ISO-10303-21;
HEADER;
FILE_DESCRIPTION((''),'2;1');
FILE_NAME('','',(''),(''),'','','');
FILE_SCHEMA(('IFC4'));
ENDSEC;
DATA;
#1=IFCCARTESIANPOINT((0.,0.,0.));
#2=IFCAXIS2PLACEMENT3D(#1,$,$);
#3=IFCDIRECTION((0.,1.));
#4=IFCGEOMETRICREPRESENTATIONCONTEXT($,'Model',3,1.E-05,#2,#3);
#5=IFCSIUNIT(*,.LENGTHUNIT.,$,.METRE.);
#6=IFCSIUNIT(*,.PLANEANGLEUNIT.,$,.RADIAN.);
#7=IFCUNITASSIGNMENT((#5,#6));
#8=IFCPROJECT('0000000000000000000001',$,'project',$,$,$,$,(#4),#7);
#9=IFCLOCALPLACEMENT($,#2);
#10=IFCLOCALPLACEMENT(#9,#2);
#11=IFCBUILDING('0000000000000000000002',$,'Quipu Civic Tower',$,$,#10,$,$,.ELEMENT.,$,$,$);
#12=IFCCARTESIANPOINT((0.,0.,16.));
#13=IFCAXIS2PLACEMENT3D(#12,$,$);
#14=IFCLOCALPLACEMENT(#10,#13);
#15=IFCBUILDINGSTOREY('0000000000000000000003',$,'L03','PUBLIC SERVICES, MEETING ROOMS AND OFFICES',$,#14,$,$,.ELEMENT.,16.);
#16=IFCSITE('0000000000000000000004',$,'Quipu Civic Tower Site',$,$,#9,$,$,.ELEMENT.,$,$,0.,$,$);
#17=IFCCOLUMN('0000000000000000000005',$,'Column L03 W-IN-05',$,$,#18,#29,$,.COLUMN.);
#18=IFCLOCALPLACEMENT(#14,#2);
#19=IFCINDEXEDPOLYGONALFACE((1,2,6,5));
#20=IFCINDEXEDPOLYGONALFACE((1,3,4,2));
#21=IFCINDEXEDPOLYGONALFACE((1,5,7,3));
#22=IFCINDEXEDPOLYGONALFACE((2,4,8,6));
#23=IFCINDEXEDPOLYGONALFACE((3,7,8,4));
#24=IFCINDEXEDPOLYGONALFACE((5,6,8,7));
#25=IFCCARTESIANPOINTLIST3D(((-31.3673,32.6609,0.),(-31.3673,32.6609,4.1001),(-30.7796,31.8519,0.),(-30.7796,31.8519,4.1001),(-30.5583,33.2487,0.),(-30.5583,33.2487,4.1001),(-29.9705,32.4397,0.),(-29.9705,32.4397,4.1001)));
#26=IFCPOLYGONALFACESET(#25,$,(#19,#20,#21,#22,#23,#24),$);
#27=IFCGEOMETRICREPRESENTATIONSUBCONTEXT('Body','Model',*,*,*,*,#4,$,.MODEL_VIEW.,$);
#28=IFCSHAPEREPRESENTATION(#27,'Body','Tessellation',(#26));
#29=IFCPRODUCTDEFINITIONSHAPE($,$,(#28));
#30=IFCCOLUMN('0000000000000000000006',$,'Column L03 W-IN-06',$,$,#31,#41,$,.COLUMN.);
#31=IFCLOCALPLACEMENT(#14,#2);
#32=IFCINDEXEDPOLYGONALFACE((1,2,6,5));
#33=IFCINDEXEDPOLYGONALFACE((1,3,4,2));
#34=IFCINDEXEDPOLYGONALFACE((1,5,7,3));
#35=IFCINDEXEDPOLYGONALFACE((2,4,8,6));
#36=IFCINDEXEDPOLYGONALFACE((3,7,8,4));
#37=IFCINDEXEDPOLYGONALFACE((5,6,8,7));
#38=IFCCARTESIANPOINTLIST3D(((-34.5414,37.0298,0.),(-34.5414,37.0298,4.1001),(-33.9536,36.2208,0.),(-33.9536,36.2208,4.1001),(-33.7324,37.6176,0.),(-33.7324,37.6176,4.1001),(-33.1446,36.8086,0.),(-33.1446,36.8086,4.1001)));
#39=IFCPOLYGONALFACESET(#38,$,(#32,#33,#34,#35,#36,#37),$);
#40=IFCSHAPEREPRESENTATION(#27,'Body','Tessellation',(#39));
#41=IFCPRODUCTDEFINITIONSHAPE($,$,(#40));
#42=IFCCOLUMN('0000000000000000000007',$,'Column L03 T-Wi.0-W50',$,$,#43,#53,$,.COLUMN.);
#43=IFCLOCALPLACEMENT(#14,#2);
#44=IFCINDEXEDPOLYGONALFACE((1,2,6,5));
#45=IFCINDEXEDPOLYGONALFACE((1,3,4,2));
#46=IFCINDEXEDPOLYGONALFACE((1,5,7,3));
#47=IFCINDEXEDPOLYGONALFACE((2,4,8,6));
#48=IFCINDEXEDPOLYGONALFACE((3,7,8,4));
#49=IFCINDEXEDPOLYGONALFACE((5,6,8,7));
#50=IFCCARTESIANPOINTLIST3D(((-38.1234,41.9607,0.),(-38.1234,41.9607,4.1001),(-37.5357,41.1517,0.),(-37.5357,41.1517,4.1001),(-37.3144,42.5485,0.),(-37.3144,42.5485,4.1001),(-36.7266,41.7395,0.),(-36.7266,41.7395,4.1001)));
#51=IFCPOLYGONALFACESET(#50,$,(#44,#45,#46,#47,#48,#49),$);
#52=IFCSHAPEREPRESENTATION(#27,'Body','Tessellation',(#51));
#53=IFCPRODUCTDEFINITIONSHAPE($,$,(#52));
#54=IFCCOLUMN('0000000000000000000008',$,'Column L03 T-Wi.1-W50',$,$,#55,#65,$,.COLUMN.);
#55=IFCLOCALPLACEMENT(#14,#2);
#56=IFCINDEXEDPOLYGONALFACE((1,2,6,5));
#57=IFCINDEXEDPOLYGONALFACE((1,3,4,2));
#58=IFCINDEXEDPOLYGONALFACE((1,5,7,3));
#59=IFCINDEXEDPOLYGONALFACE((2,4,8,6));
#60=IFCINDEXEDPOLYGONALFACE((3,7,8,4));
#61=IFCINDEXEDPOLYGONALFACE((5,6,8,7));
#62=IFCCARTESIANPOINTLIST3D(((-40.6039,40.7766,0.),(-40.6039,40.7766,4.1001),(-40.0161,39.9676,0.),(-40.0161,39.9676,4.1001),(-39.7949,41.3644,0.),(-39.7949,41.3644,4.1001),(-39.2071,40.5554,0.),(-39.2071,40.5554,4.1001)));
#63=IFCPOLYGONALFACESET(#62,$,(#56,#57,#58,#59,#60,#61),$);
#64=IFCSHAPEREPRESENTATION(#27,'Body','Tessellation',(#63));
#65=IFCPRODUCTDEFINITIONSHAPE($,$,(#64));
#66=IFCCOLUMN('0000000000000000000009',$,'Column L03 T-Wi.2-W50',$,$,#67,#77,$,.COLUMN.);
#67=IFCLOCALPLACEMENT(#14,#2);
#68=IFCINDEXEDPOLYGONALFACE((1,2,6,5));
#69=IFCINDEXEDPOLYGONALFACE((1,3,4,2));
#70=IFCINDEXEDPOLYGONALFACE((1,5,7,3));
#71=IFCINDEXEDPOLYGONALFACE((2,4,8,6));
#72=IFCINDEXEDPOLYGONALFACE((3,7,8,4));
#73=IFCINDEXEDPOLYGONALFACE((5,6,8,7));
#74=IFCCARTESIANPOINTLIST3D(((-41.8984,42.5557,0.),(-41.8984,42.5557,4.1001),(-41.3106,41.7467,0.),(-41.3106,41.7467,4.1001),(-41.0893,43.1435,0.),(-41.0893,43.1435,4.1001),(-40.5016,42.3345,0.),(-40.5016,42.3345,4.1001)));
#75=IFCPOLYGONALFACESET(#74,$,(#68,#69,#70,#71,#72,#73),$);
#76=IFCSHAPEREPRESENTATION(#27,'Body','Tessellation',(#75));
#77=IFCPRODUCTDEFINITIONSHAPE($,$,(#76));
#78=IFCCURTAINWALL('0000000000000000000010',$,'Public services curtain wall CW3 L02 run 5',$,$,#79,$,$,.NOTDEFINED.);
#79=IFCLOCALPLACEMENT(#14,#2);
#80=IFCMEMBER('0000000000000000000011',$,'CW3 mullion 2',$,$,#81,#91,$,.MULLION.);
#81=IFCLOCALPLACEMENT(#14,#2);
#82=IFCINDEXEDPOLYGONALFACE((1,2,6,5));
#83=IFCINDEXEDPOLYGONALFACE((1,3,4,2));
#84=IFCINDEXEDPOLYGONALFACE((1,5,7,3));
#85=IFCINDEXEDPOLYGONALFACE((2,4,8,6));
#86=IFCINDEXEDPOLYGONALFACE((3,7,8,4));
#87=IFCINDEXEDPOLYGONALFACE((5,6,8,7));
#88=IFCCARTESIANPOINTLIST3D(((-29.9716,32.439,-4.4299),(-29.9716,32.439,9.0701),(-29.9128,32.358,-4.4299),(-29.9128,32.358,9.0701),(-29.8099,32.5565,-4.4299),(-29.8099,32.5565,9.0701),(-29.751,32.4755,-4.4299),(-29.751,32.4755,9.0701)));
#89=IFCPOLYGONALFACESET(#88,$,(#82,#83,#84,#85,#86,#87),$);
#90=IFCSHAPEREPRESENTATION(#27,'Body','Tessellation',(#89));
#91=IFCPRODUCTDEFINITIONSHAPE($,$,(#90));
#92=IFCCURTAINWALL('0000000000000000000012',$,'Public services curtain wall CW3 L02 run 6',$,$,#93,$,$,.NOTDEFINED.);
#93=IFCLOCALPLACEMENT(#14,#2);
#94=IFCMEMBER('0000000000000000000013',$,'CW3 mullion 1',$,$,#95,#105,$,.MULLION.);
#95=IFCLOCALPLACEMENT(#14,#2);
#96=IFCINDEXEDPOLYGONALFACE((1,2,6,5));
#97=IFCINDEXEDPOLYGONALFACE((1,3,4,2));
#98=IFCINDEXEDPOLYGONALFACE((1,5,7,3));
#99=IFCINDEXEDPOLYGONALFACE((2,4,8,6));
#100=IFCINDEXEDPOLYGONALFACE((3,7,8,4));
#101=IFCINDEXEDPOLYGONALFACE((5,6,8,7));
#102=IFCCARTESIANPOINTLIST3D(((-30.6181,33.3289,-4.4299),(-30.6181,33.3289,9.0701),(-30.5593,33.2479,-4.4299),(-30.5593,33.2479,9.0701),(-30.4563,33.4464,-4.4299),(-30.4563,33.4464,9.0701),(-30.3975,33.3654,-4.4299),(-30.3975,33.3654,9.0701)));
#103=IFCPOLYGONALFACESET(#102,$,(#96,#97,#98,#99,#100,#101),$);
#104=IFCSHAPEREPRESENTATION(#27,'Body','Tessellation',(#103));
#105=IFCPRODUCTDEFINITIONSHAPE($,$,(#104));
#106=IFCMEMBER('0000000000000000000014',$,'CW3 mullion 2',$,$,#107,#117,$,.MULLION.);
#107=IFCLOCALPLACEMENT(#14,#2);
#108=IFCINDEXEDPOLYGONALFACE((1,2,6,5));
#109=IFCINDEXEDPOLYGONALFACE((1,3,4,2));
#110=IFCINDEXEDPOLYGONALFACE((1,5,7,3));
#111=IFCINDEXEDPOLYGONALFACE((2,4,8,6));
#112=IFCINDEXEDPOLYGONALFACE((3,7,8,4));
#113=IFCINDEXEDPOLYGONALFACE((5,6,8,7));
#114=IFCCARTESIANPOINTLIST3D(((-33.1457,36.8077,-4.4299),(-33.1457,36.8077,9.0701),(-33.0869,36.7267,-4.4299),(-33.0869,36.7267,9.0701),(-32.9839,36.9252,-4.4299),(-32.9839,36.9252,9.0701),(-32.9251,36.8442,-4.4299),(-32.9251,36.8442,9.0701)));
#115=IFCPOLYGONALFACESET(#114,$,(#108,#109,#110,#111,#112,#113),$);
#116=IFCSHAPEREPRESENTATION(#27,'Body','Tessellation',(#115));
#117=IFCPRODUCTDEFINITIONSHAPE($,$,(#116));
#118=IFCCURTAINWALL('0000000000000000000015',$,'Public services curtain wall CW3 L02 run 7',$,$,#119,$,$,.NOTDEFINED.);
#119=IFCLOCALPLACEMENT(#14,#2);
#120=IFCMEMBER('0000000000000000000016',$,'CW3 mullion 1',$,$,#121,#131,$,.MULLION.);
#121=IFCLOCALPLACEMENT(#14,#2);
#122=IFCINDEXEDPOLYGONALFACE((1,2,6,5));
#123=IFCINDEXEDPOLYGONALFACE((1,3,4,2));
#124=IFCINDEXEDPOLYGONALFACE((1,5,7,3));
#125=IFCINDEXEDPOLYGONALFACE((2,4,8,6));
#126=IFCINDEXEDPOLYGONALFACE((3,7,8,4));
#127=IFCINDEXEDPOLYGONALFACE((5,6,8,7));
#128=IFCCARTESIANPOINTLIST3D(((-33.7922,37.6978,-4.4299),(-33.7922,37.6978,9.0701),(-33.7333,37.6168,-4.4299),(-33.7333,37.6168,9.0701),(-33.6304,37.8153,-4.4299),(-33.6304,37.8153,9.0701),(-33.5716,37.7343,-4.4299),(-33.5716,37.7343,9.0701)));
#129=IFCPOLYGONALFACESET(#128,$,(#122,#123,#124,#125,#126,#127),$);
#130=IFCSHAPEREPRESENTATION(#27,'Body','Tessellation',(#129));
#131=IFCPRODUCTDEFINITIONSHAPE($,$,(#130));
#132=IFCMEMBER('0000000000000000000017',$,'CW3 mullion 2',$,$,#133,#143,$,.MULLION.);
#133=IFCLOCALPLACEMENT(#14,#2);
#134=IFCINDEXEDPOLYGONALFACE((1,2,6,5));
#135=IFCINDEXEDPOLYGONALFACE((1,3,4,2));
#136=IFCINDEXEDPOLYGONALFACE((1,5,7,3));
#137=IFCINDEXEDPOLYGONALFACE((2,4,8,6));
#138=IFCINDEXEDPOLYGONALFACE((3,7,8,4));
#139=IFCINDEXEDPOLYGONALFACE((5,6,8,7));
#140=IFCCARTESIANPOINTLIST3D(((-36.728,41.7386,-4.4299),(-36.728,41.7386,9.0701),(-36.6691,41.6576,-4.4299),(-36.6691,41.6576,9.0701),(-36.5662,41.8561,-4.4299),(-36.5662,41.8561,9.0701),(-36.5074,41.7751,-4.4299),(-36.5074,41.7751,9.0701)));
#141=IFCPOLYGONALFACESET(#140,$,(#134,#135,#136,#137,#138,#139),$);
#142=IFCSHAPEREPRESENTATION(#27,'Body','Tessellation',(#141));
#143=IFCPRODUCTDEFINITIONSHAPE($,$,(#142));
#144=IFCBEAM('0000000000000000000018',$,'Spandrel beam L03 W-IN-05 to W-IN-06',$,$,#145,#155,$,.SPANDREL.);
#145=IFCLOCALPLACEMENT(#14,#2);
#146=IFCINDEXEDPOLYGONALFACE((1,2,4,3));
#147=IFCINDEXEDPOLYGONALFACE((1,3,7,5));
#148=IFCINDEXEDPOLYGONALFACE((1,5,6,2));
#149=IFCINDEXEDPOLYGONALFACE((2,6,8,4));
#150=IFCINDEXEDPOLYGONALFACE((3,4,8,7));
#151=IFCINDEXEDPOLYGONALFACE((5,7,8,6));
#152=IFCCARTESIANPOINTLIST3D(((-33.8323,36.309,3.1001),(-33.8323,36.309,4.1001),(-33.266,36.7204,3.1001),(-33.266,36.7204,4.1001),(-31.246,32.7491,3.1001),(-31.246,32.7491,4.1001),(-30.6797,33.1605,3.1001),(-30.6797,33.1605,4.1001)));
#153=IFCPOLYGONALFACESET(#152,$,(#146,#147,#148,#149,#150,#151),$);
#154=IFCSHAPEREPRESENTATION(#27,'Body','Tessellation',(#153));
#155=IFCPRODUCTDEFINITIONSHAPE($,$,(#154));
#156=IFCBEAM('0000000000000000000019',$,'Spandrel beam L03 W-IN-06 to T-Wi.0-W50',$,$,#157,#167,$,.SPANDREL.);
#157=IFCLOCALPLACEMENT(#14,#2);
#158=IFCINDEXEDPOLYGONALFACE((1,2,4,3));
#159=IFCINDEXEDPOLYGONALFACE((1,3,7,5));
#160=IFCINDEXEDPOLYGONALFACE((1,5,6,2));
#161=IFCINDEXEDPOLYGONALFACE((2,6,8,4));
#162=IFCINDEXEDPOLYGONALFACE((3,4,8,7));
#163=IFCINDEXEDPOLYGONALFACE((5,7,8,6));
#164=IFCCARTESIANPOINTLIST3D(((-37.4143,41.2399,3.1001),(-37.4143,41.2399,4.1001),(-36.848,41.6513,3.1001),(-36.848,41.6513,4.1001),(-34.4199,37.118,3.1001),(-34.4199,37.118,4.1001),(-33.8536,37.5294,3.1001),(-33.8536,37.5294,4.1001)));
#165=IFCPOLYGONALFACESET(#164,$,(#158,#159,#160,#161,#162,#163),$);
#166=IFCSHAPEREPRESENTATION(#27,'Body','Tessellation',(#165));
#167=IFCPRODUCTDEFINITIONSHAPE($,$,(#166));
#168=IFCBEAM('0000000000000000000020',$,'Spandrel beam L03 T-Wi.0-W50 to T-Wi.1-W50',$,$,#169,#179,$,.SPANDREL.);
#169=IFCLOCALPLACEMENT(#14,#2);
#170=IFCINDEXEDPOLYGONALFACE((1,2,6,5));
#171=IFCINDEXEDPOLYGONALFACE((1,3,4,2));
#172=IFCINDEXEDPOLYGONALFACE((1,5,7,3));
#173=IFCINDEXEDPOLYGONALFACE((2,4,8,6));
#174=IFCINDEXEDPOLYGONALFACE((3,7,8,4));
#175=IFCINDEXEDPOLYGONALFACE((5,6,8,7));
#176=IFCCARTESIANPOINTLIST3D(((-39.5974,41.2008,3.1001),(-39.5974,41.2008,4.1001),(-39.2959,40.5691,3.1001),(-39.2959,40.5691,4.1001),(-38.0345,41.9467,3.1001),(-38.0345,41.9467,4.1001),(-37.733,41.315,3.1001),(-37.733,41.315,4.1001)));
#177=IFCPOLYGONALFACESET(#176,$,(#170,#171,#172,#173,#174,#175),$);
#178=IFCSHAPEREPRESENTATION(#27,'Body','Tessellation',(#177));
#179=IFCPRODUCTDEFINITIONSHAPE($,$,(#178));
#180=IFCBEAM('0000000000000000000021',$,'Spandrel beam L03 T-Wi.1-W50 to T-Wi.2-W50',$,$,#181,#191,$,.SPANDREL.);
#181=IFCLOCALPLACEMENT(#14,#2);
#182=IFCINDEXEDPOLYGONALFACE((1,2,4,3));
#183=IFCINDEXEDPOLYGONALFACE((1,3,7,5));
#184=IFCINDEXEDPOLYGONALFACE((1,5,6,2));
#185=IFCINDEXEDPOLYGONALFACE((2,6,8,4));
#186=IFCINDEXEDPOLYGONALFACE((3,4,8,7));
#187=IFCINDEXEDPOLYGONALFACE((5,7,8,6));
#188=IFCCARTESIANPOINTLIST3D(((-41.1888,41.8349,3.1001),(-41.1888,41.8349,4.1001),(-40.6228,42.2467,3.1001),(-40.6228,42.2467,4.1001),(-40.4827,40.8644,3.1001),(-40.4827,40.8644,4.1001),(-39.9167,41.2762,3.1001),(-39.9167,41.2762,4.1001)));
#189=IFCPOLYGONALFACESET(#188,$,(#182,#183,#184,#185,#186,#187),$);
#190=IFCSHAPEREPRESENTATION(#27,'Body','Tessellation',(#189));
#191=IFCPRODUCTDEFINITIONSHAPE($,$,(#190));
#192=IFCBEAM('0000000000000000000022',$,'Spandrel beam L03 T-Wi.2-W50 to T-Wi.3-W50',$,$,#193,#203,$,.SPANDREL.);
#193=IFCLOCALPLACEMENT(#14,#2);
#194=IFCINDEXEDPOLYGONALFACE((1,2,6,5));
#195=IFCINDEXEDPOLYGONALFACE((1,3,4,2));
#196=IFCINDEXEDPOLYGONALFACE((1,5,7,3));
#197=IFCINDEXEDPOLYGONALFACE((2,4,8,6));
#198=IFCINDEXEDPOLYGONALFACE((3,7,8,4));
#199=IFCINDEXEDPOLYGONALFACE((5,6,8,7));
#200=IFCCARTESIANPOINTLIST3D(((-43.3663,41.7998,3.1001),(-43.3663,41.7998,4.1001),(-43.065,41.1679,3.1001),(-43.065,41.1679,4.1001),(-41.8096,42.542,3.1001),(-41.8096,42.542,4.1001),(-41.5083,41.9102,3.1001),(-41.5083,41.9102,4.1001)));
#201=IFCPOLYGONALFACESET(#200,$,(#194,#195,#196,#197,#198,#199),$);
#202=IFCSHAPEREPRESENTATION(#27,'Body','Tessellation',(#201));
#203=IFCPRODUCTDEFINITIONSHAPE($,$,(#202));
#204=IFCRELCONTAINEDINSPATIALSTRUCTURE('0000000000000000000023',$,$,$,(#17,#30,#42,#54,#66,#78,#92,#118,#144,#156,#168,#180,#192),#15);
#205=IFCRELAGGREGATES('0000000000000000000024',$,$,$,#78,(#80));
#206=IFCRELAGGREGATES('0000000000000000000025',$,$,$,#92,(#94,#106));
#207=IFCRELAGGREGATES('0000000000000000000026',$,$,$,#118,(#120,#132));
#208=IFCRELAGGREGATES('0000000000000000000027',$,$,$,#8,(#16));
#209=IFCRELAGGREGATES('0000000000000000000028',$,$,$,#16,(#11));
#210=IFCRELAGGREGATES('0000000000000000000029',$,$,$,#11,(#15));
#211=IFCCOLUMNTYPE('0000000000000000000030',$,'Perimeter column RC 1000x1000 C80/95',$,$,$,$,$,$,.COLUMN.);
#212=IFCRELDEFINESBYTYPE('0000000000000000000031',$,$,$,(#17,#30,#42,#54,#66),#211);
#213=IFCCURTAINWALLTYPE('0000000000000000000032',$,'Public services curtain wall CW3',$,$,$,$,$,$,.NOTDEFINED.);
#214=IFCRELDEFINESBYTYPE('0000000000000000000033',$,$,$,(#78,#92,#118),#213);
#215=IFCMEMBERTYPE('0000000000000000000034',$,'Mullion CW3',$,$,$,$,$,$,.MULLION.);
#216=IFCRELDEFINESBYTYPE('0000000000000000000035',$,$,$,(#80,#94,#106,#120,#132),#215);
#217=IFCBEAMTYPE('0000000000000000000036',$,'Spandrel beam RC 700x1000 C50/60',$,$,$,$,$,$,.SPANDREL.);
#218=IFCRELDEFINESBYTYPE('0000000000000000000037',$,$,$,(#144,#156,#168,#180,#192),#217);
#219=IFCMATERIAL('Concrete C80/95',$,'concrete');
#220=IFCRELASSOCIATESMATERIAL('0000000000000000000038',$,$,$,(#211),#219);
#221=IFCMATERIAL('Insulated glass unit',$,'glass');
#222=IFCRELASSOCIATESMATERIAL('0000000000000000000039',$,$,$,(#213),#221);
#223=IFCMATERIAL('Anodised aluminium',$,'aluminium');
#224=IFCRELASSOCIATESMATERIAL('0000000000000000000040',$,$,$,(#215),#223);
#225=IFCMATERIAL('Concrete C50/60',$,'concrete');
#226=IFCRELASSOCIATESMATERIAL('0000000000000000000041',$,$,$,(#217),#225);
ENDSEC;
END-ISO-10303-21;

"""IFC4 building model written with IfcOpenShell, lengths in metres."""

from ifc_helpers import new_model, si_unit, direction, frame, origin, origin_2d, place, context, subcontext, project, spatial, rectangle, extrude, material, material_profile, profile_set, type_object, element, aggregate, save


model = new_model("IFC4")

# Units and contexts
model_context = context("Model", 3, precision=1e-05, world=origin(), true_north=direction((0.0, 1.0)))
body_context = subcontext(model_context, "Body", "Model", "MODEL_VIEW")
ifc_project = project(units=[si_unit("LENGTHUNIT", "METRE"), si_unit("PLANEANGLEUNIT", "RADIAN")], contexts=[model_context])

# Site, building, storey
site_placement = place(None, origin())
site = spatial("IfcSite", under=ifc_project, at=site_placement, Name="Quipu Civic Tower Site", CompositionType="ELEMENT", RefElevation=0.0)
building_placement = place(site_placement, origin())
building = spatial("IfcBuilding", under=site, at=building_placement, Name="Quipu Civic Tower", CompositionType="ELEMENT")
storey_placement = place(building_placement, frame((0.0, 0.0, 16.0)))
storey = spatial("IfcBuildingStorey", under=building, at=storey_placement, Name="L03", Description="PUBLIC SERVICES, MEETING ROOMS AND OFFICES", CompositionType="ELEMENT", Elevation=16.0)

# Columns
ifc_material_1 = material(Name="Concrete C80/95", Category="concrete")
ifc_material_profile_1 = material_profile(ifc_material_1, rectangle(XDim=1.0, YDim=1.0, at=origin_2d()), Name="RC1000x1000")
ifc_profile_set_1 = profile_set([ifc_material_profile_1], Name="Concrete C80/95")
column_type = type_object("IfcColumnType", Name="Perimeter column RC 1000x1000 C80/95", PredefinedType="COLUMN", material=ifc_profile_set_1)
for number, where, z_axis, x_axis, name in (
    (1, (-30.6689, 32.5503, 0.0), (0.0, 0.0, 1.0), (-0.587785, 0.809017, 0.0), "Column L03 W-IN-05"),
    (2, (-33.843, 36.9192, 0.0), (0.0, 0.0, 1.0), (-0.587785, 0.809017, 0.0), "Column L03 W-IN-06"),
    (3, (-37.425, 41.8501, 0.0), (0.0, 0.0, 1.0), (-0.587785, 0.809017, 0.0), "Column L03 T-Wi.0-W50"),
    (4, (-39.9055, 40.666, 0.0), (0.0, 0.0, 1.0), (-0.587785, 0.809017, 0.0), "Column L03 T-Wi.1-W50"),
    (5, (-41.2, 42.4451, 0.0), (0.0, 0.0, 1.0), (-0.587785, 0.809017, 0.0), "Column L03 T-Wi.2-W50"),
):
    element("IfcColumn", number, at=place(storey_placement, frame(where, z_axis=z_axis, x_axis=x_axis)), inside=storey, type_object=column_type, Name=name, PredefinedType="COLUMN", context=body_context, shape_type="SweptSolid", body=[
        extrude(rectangle(XDim=1.0, YDim=1.0, at=origin_2d()), origin(), (0.0, 0.0, 1.0), 4.1001),
    ])

# Curtain wall, member
ifc_material_2 = material(Name="Insulated glass unit", Category="glass")
curtain_wall_type = type_object("IfcCurtainWallType", Name="Public services curtain wall CW3", PredefinedType="NOTDEFINED", material=ifc_material_2)
curtain_wall_1_placement = place(storey_placement, origin())
curtain_wall_1 = element("IfcCurtainWall", 6, at=curtain_wall_1_placement, inside=storey, type_object=curtain_wall_type, Name="Public services curtain wall CW3 L02 run 5", PredefinedType="NOTDEFINED")
ifc_material_3 = material(Name="Anodised aluminium", Category="aluminium")
ifc_material_profile_2 = material_profile(ifc_material_3, rectangle(XDim=0.2, YDim=0.1001, at=origin_2d()), Name="RECT 200x100")
ifc_profile_set_2 = profile_set([ifc_material_profile_2], Name="Anodised aluminium")
member_type_1 = type_object("IfcMemberType", Name="Mullion CW3", PredefinedType="MULLION", material=ifc_profile_set_2)
member_1_placement = place(storey_placement, frame((-29.8613, 32.4573, -4.4299), z_axis=(0.0, 0.0, 1.0), x_axis=(-0.809017, -0.587785, 0.0)))
member_1 = element("IfcMember", 7, at=member_1_placement, type_object=member_type_1, Name="CW3 mullion 2", PredefinedType="MULLION", context=body_context, shape_type="SweptSolid", body=[
    extrude(rectangle(XDim=0.2, YDim=0.1001, at=origin_2d()), origin(), (0.0, 0.0, 1.0), 13.5),
])
aggregate(curtain_wall_1, [member_1])

# Curtain walls, members
curtain_wall_2_placement = place(storey_placement, origin())
curtain_wall_2 = element("IfcCurtainWall", 8, at=curtain_wall_2_placement, inside=storey, type_object=curtain_wall_type, Name="Public services curtain wall CW3 L02 run 6", PredefinedType="NOTDEFINED")
member_2_placement = place(storey_placement, frame((-30.5078, 33.3472, -4.4299), z_axis=(0.0, 0.0, 1.0), x_axis=(-0.809014, -0.587789, 0.0)))
member_2 = element("IfcMember", 9, at=member_2_placement, type_object=member_type_1, Name="CW3 mullion 1", PredefinedType="MULLION", context=body_context, shape_type="SweptSolid", body=[
    extrude(rectangle(XDim=0.2, YDim=0.1001, at=origin_2d()), origin(), (0.0, 0.0, 1.0), 13.5),
])
member_3_placement = place(storey_placement, frame((-33.0354, 36.8259, -4.4299), z_axis=(0.0, 0.0, 1.0), x_axis=(-0.809014, -0.587789, 0.0)))
member_3 = element("IfcMember", 10, at=member_3_placement, type_object=member_type_1, Name="CW3 mullion 2", PredefinedType="MULLION", context=body_context, shape_type="SweptSolid", body=[
    extrude(rectangle(XDim=0.2, YDim=0.1001, at=origin_2d()), origin(), (0.0, 0.0, 1.0), 13.5),
])
curtain_wall_3_placement = place(storey_placement, origin())
curtain_wall_3 = element("IfcCurtainWall", 11, at=curtain_wall_3_placement, inside=storey, type_object=curtain_wall_type, Name="Public services curtain wall CW3 L02 run 7", PredefinedType="NOTDEFINED")
member_4_placement = place(storey_placement, frame((-33.6819, 37.7161, -4.4299), z_axis=(0.0, 0.0, 1.0), x_axis=(-0.809019, -0.587783, 0.0)))
member_4 = element("IfcMember", 12, at=member_4_placement, type_object=member_type_1, Name="CW3 mullion 1", PredefinedType="MULLION", context=body_context, shape_type="SweptSolid", body=[
    extrude(rectangle(XDim=0.2, YDim=0.1001, at=origin_2d()), origin(), (0.0, 0.0, 1.0), 13.5),
])
member_5_placement = place(storey_placement, frame((-36.6177, 41.7568, -4.4299), z_axis=(0.0, 0.0, 1.0), x_axis=(-0.809019, -0.587783, 0.0)))
member_5 = element("IfcMember", 13, at=member_5_placement, type_object=member_type_1, Name="CW3 mullion 2", PredefinedType="MULLION", context=body_context, shape_type="SweptSolid", body=[
    extrude(rectangle(XDim=0.2, YDim=0.1001, at=origin_2d()), origin(), (0.0, 0.0, 1.0), 13.5),
])

# Beams
ifc_material_4 = material(Name="Concrete C50/60", Category="concrete")
ifc_material_profile_3 = material_profile(ifc_material_4, rectangle(XDim=0.7, YDim=1.0, at=origin_2d()), Name="RC700x1000")
ifc_profile_set_3 = profile_set([ifc_material_profile_3], Name="Concrete C50/60")
beam_type = type_object("IfcBeamType", Name="Spandrel beam RC 700x1000 C50/60", PredefinedType="SPANDREL", material=ifc_profile_set_3)
beam_1_placement = place(storey_placement, frame((-30.9629, 32.9548, 3.6001), z_axis=(-0.587759, 0.809036, 0.0), x_axis=(-0.809036, -0.587759, 0.0)))
element("IfcBeam", 14, at=beam_1_placement, inside=storey, type_object=beam_type, Name="Spandrel beam L03 W-IN-05 to W-IN-06", PredefinedType="SPANDREL", context=body_context, shape_type="SweptSolid", body=[
    extrude(rectangle(XDim=0.7, YDim=1.0, at=origin_2d()), origin(), (0.0, 0.0, 1.0), 4.4001),
])
beam_2_placement = place(storey_placement, frame((-34.1367, 37.3237, 3.6001), z_axis=(-0.587747, 0.809045, 0.0), x_axis=(-0.809045, -0.587747, 0.0)))
element("IfcBeam", 15, at=beam_2_placement, inside=storey, type_object=beam_type, Name="Spandrel beam L03 W-IN-06 to T-Wi.0-W50", PredefinedType="SPANDREL", context=body_context, shape_type="SweptSolid", body=[
    extrude(rectangle(XDim=0.7, YDim=1.0, at=origin_2d()), origin(), (0.0, 0.0, 1.0), 5.0947),
])
beam_3_placement = place(storey_placement, frame((-37.8838, 41.6309, 3.6001), z_axis=(-0.902482, -0.430727, 0.0), x_axis=(0.430727, -0.902482, 0.0)))
element("IfcBeam", 16, at=beam_3_placement, inside=storey, type_object=beam_type, Name="Spandrel beam L03 T-Wi.0-W50 to T-Wi.1-W50", PredefinedType="SPANDREL", context=body_context, shape_type="SweptSolid", body=[
    extrude(rectangle(XDim=0.7, YDim=1.0, at=origin_2d()), origin(), (0.0, 0.0, 1.0), 1.7317),
])
beam_4_placement = place(storey_placement, frame((-40.1997, 41.0703, 3.6001), z_axis=(-0.588317, 0.808631, 0.0), x_axis=(-0.808631, -0.588317, 0.0)))
element("IfcBeam", 17, at=beam_4_placement, inside=storey, type_object=beam_type, Name="Spandrel beam L03 T-Wi.1-W50 to T-Wi.2-W50", PredefinedType="SPANDREL", context=body_context, shape_type="SweptSolid", body=[
    extrude(rectangle(XDim=0.7, YDim=1.0, at=origin_2d()), origin(), (0.0, 0.0, 1.0), 1.2002),
])
beam_5_placement = place(storey_placement, frame((-41.6589, 42.2261, 3.6001), z_axis=(-0.902651, -0.430373, 0.0), x_axis=(0.430373, -0.902651, 0.0)))
element("IfcBeam", 18, at=beam_5_placement, inside=storey, type_object=beam_type, Name="Spandrel beam L03 T-Wi.2-W50 to T-Wi.3-W50", PredefinedType="SPANDREL", context=body_context, shape_type="SweptSolid", body=[
    extrude(rectangle(XDim=0.7, YDim=1.0, at=origin_2d()), origin(), (0.0, 0.0, 1.0), 1.7246),
])

aggregate(curtain_wall_2, [member_2, member_3])
aggregate(curtain_wall_3, [member_4, member_5])

save(model, "model.ifc")
